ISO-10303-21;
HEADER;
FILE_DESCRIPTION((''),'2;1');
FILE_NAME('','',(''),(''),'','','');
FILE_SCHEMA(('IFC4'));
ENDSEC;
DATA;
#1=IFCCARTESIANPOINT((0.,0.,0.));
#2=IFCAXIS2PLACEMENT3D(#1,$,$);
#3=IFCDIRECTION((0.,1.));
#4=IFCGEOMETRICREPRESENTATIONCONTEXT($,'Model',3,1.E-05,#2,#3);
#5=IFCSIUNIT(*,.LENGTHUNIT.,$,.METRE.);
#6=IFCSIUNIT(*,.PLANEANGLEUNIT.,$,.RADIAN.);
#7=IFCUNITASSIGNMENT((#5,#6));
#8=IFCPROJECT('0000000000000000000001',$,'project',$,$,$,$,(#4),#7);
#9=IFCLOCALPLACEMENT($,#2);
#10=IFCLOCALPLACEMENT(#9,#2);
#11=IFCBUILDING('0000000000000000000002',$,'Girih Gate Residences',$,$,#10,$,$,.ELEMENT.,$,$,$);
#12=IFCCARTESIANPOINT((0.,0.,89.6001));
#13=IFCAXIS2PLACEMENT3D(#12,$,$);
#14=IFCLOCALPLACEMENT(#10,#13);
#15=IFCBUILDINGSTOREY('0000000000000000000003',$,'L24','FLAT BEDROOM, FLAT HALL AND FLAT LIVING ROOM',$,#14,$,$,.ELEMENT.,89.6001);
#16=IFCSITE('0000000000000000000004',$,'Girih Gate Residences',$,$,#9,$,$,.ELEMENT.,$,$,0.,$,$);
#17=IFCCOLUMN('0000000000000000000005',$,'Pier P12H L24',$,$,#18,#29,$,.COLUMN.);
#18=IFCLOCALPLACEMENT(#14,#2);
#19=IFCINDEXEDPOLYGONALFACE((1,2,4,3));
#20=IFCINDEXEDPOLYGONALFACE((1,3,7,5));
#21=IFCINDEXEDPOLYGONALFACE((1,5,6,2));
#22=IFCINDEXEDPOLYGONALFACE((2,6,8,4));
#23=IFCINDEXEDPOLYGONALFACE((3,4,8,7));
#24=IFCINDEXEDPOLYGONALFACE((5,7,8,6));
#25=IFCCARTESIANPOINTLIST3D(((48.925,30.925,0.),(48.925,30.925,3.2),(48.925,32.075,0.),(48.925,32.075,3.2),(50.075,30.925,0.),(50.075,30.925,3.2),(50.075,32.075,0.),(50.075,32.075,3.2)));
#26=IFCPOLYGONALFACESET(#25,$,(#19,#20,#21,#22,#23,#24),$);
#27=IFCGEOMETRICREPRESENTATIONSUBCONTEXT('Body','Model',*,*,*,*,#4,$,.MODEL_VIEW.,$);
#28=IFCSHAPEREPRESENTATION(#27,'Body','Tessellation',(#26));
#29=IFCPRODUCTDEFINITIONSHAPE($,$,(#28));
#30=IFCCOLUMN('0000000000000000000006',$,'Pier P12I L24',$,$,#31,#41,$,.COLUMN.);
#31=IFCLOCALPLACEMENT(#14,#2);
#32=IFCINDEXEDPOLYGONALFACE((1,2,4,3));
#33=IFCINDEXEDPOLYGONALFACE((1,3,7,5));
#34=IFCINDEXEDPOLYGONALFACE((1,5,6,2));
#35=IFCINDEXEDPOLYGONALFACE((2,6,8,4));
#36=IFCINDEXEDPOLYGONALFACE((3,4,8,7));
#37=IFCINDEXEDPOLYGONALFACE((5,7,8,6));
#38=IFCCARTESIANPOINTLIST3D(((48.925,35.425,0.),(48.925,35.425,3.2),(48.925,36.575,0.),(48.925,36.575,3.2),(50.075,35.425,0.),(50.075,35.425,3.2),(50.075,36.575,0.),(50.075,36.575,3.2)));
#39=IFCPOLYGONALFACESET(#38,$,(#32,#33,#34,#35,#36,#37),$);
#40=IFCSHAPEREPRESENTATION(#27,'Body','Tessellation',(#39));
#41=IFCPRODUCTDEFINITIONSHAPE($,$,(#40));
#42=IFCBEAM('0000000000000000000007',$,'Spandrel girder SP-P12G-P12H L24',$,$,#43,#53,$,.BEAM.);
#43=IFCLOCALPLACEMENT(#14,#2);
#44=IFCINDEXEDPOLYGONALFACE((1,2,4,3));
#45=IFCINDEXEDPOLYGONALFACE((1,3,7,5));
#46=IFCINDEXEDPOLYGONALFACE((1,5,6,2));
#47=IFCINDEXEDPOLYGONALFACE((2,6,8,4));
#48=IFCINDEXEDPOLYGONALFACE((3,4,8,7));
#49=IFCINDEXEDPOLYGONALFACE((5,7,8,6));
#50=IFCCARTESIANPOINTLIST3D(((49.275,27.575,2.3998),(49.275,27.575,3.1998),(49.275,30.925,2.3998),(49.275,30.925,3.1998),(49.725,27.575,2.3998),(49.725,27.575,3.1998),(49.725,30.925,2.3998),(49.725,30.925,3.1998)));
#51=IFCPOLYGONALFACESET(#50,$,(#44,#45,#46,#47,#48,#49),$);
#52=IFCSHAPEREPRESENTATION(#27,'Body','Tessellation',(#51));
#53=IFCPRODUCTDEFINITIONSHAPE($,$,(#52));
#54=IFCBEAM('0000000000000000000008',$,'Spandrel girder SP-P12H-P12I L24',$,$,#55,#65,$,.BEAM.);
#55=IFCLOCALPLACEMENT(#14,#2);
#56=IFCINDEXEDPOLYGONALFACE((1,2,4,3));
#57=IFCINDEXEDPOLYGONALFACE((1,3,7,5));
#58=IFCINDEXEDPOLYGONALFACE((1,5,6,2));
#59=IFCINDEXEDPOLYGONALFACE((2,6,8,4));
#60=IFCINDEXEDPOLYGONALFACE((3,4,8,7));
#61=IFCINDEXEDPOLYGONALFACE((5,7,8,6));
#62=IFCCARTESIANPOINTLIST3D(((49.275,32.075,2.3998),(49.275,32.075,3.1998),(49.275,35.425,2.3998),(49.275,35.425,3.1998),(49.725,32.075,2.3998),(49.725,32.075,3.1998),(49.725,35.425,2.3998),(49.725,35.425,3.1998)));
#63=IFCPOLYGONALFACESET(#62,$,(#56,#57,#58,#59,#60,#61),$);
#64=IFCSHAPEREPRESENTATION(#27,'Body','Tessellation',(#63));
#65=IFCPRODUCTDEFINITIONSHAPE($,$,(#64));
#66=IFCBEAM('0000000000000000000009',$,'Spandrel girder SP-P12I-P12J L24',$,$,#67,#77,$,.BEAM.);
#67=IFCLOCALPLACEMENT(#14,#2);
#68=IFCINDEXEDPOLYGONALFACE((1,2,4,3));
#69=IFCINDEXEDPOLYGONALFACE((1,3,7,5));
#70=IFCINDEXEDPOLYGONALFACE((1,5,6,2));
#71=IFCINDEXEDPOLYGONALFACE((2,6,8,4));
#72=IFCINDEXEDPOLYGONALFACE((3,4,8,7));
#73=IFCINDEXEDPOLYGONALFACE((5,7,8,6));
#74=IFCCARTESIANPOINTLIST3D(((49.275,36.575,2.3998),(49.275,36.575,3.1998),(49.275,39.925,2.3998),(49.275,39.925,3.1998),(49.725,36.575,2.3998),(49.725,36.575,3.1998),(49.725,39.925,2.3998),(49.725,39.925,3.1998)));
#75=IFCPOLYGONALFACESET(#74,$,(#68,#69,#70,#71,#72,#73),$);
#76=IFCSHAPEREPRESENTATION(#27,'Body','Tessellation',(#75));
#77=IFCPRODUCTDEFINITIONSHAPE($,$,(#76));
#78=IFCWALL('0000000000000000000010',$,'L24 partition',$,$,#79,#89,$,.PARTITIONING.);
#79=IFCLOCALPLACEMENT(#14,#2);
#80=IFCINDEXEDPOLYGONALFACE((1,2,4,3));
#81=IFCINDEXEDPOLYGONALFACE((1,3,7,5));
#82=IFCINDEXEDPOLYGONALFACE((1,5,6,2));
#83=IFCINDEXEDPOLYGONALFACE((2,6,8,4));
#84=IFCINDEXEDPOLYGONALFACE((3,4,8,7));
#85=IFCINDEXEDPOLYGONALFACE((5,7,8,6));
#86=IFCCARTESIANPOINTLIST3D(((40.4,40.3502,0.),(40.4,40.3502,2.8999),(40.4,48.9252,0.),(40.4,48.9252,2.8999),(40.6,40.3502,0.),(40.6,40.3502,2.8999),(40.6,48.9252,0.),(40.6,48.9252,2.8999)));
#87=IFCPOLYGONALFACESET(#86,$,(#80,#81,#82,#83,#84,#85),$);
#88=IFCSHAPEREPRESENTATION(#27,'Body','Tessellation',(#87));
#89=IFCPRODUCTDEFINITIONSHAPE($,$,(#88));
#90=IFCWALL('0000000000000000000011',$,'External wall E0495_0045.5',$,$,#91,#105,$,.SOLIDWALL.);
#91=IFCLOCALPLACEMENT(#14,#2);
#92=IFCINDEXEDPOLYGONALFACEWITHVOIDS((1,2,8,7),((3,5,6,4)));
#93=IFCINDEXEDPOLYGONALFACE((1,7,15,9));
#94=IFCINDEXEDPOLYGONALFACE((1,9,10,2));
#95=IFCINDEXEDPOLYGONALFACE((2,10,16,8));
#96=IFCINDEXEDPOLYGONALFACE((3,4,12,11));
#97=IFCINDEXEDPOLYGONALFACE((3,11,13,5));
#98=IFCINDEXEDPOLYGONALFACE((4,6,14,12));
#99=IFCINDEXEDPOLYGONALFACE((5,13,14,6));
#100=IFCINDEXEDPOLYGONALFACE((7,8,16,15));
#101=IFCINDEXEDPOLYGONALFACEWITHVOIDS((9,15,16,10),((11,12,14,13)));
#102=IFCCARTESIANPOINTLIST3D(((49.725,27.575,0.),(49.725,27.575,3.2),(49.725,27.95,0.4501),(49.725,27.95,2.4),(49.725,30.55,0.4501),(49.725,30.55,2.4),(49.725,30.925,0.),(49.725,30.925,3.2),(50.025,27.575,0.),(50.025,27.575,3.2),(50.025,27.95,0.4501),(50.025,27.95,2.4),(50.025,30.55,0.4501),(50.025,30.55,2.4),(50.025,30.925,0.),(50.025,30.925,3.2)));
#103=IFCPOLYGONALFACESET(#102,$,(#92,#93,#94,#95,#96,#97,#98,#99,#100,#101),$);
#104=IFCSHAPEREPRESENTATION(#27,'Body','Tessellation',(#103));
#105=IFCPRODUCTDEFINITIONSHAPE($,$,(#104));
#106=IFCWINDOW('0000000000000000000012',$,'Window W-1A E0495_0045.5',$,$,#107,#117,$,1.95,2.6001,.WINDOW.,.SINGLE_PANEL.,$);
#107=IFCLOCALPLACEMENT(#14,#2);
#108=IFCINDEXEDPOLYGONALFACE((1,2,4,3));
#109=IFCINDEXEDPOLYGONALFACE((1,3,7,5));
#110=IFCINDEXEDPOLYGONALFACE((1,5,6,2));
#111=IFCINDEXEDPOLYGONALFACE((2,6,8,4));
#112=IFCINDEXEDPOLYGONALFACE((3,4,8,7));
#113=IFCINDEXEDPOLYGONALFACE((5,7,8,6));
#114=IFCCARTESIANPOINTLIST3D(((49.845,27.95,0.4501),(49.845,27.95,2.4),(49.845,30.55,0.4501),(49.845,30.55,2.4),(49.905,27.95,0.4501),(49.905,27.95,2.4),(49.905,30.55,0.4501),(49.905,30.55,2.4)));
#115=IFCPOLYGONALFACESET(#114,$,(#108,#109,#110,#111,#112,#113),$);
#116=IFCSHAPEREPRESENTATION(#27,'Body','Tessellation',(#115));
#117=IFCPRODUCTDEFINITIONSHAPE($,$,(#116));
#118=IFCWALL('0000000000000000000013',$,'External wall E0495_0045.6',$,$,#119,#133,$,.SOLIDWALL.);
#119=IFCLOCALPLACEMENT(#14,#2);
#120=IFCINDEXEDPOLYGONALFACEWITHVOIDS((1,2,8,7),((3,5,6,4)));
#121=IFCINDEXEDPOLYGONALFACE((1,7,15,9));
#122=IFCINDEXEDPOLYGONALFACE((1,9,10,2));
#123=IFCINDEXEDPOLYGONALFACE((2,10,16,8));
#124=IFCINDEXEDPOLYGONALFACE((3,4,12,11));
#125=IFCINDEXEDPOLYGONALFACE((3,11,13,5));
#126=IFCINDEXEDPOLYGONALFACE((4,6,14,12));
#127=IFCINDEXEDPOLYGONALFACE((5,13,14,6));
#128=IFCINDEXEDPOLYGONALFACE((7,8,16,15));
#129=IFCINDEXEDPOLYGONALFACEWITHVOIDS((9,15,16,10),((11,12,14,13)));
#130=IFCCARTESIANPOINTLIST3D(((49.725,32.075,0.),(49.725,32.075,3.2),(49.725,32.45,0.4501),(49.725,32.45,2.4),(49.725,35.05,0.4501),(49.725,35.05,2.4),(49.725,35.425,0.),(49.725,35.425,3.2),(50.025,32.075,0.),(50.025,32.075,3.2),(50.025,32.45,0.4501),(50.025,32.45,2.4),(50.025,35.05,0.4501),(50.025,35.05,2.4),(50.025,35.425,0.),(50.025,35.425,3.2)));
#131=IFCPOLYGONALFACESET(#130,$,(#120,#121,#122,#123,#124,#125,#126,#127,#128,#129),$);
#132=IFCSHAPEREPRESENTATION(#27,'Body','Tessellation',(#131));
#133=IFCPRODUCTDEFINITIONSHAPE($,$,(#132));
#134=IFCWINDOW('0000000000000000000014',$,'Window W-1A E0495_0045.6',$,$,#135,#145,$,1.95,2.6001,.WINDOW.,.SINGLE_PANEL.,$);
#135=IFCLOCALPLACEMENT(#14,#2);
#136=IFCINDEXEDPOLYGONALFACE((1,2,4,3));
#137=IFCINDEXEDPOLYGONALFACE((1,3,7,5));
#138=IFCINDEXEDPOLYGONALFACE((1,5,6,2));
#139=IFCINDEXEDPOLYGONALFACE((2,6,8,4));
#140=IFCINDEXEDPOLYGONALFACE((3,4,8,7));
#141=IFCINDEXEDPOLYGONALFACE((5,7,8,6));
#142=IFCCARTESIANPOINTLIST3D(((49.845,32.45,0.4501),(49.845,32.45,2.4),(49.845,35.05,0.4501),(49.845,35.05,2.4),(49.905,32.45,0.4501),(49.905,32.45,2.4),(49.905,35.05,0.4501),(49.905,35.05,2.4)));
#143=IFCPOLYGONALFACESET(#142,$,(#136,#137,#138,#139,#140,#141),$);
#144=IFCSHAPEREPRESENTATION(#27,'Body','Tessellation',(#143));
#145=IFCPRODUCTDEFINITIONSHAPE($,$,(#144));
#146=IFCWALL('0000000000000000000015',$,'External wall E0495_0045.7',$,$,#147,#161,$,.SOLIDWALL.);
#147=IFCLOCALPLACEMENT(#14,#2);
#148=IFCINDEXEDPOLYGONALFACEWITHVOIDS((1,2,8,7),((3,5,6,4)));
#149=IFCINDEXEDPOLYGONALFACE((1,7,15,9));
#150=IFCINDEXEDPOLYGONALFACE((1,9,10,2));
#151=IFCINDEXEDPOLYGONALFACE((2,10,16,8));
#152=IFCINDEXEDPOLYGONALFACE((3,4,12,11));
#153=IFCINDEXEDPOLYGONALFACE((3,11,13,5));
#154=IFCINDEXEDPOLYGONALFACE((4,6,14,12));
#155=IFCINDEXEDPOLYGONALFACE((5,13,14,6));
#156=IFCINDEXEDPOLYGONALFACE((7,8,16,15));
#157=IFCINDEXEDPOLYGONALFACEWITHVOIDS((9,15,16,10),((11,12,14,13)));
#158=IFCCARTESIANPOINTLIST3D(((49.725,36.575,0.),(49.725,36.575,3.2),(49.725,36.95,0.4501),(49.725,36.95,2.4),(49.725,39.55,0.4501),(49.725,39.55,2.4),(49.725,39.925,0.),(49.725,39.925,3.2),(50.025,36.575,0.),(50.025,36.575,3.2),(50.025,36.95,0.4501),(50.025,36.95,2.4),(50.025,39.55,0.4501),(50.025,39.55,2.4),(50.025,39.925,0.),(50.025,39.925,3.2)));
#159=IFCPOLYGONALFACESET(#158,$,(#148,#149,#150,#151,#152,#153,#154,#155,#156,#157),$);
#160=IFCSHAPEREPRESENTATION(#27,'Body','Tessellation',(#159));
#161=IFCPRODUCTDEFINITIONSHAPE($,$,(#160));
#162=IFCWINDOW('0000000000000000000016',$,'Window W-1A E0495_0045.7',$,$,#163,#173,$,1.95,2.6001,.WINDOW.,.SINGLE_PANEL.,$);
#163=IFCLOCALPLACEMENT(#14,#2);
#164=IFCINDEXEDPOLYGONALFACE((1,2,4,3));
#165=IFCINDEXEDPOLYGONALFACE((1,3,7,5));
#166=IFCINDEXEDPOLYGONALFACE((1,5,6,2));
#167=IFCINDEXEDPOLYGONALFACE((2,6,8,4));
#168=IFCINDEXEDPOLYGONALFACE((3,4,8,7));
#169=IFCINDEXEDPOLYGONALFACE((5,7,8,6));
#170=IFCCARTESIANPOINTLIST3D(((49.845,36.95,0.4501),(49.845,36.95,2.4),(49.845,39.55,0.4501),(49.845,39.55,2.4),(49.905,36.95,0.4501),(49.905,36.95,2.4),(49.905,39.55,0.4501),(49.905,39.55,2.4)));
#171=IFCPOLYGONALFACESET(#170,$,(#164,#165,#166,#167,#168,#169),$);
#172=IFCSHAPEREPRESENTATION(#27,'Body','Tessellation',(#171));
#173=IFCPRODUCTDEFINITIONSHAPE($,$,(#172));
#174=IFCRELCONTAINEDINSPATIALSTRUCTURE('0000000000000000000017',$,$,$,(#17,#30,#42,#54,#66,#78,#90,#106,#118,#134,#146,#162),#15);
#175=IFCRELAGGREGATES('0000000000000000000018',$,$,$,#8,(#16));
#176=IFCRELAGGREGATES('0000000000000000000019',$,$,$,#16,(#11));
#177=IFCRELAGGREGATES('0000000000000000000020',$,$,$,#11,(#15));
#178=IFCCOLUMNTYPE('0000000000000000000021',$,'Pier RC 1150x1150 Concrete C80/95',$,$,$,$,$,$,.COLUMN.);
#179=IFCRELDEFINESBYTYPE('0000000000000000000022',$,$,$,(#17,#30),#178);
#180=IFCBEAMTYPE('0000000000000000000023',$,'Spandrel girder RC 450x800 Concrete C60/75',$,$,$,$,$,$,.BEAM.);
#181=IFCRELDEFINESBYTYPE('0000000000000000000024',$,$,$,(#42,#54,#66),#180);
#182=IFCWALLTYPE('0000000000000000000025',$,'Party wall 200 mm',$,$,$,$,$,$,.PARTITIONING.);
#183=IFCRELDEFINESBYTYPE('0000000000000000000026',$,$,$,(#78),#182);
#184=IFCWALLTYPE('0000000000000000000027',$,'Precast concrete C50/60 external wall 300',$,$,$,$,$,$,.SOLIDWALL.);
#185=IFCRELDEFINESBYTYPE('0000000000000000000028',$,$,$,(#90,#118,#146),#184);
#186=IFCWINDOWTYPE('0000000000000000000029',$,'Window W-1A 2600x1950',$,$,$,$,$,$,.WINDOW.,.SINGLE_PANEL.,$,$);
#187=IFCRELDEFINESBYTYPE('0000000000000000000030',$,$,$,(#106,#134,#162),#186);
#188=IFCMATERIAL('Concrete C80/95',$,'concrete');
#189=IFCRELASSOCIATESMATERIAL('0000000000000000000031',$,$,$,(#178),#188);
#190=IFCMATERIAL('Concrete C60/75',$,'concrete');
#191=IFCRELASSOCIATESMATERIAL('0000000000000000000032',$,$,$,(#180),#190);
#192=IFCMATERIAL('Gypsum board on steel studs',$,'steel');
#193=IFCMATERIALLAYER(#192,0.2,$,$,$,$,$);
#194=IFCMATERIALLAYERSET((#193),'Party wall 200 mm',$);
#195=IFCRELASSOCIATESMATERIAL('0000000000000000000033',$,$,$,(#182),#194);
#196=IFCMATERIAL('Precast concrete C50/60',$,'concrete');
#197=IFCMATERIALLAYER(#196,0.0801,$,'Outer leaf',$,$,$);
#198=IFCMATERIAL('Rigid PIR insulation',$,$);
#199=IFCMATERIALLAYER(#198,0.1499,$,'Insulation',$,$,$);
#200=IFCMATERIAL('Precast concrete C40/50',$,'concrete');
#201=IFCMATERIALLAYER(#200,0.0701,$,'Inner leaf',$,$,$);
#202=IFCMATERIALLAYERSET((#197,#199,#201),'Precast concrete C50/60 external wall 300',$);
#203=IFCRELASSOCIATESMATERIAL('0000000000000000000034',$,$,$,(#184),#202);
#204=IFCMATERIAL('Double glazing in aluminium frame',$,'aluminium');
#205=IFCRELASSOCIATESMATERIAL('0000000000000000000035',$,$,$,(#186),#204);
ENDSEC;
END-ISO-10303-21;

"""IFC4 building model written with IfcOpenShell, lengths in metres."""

from ifc_helpers import new_model, si_unit, direction, frame, frame_2d, origin, origin_2d, place, context, subcontext, project, spatial, rectangle, extrude, material, layer, layer_set, material_profile, profile_set, type_object, element, fill, save


model = new_model("IFC4")

# Units and contexts
model_context = context("Model", 3, precision=1e-05, world=origin(), true_north=direction((0.0, 1.0)))
body_context = subcontext(model_context, "Body", "Model", "MODEL_VIEW")
ifc_project = project(units=[si_unit("LENGTHUNIT", "METRE"), si_unit("PLANEANGLEUNIT", "RADIAN")], contexts=[model_context])

# Site, building, storey
site_placement = place(None, origin())
site = spatial("IfcSite", under=ifc_project, at=site_placement, Name="Girih Gate Residences", CompositionType="ELEMENT", RefElevation=0.0)
building_placement = place(site_placement, origin())
building = spatial("IfcBuilding", under=site, at=building_placement, Name="Girih Gate Residences", CompositionType="ELEMENT")
storey_placement = place(building_placement, frame((0.0, 0.0, 89.6001)))
storey = spatial("IfcBuildingStorey", under=building, at=storey_placement, Name="L24", Description="FLAT BEDROOM, FLAT HALL AND FLAT LIVING ROOM", CompositionType="ELEMENT", Elevation=89.6001)

# Columns
ifc_material_1 = material(Name="Concrete C80/95", Category="concrete")
ifc_material_profile_1 = material_profile(ifc_material_1, rectangle(XDim=1.1499, YDim=1.1499, at=origin_2d()))
ifc_profile_set_1 = profile_set([ifc_material_profile_1], Name="Concrete C80/95")
column_type = type_object("IfcColumnType", Name="Pier RC 1150x1150 Concrete C80/95", PredefinedType="COLUMN", material=ifc_profile_set_1)
for number, where, z_axis, x_axis, name in (
    (1, (49.5, 31.5, 0.0), (0.0, 0.0, 1.0), (1.0, 0.0, 0.0), "Pier P12H L24"),
    (2, (49.5, 36.0, 0.0), (0.0, 0.0, 1.0), (1.0, 0.0, 0.0), "Pier P12I L24"),
):
    element("IfcColumn", number, at=place(storey_placement, frame(where, z_axis=z_axis, x_axis=x_axis)), inside=storey, type_object=column_type, Name=name, PredefinedType="COLUMN", context=body_context, shape_type="SweptSolid", body=[
        extrude(rectangle(XDim=1.1499, YDim=1.1499, at=origin_2d()), origin(), (0.0, 0.0, 1.0), 3.2),
    ])

# Beams
ifc_material_2 = material(Name="Concrete C60/75", Category="concrete")
ifc_material_profile_2 = material_profile(ifc_material_2, rectangle(XDim=0.45, YDim=0.8, at=origin_2d()))
ifc_profile_set_2 = profile_set([ifc_material_profile_2], Name="Concrete C60/75")
beam_type = type_object("IfcBeamType", Name="Spandrel girder RC 450x800 Concrete C60/75", PredefinedType="BEAM", material=ifc_profile_set_2)
for number, where, z_axis, x_axis, name in (
    (3, (49.5, 27.575, 2.7998), (0.0, 1.0, 0.0), (-1.0, 0.0, 0.0), "Spandrel girder SP-P12G-P12H L24"),
    (4, (49.5, 32.075, 2.7998), (0.0, 1.0, 0.0), (-1.0, 0.0, 0.0), "Spandrel girder SP-P12H-P12I L24"),
    (5, (49.5, 36.575, 2.7998), (0.0, 1.0, 0.0), (-1.0, 0.0, 0.0), "Spandrel girder SP-P12I-P12J L24"),
):
    element("IfcBeam", number, at=place(storey_placement, frame(where, z_axis=z_axis, x_axis=x_axis)), inside=storey, type_object=beam_type, Name=name, PredefinedType="BEAM", context=body_context, shape_type="SweptSolid", body=[
        extrude(rectangle(XDim=0.45, YDim=0.8, at=origin_2d()), origin(), (0.0, 0.0, 1.0), 3.3501),
    ])

# Wall
ifc_material_3 = material(Name="Gypsum board on steel studs", Category="steel")
ifc_layer_1 = layer(ifc_material_3, 0.2)
ifc_layer_set_1 = layer_set([ifc_layer_1], Name="Party wall 200 mm")
wall_type_1 = type_object("IfcWallType", Name="Party wall 200 mm", PredefinedType="PARTITIONING", material=ifc_layer_set_1)
wall_1_placement = place(storey_placement, frame((40.5, 40.3501, 0.0), z_axis=(0.0, 0.0, 1.0), x_axis=(0.0, 1.0, 0.0)))
element("IfcWall", 6, at=wall_1_placement, inside=storey, type_object=wall_type_1, Name="L24 partition", PredefinedType="PARTITIONING", context=body_context, shape_type="SweptSolid", body=[
    extrude(rectangle(XDim=8.575, YDim=0.2, at=frame_2d((4.2876, 0.0))), origin(), (0.0, 0.0, 1.0), 2.8999),
])

# Walls, openings, windows
ifc_material_4 = material(Name="Precast concrete C50/60", Category="concrete")
ifc_layer_2 = layer(ifc_material_4, 0.0801, Name="Outer leaf")
ifc_material_5 = material(Name="Rigid PIR insulation")
ifc_layer_3 = layer(ifc_material_5, 0.1499, Name="Insulation")
ifc_material_6 = material(Name="Precast concrete C40/50", Category="concrete")
ifc_layer_4 = layer(ifc_material_6, 0.0701, Name="Inner leaf")
ifc_layer_set_2 = layer_set([ifc_layer_2, ifc_layer_3, ifc_layer_4], Name="Precast concrete C50/60 external wall 300")
wall_type_2 = type_object("IfcWallType", Name="Precast concrete C50/60 external wall 300", PredefinedType="SOLIDWALL", material=ifc_layer_set_2)
wall_2_placement = place(storey_placement, frame((49.875, 30.925, 0.0), z_axis=(0.0, 0.0, 1.0), x_axis=(0.0, -1.0, 0.0)))
wall_2 = element("IfcWall", 7, at=wall_2_placement, inside=storey, type_object=wall_type_2, Name="External wall E0495_0045.5", PredefinedType="SOLIDWALL", context=body_context, shape_type="SweptSolid", body=[
    extrude(rectangle(XDim=3.3501, YDim=0.3, at=frame_2d((1.675, 0.0))), origin(), (0.0, 0.0, 1.0), 3.2),
])
opening_1_placement = place(wall_2_placement, frame((0.375, 0.0, 0.45)))
opening_1 = element("IfcOpeningElement", 8, at=opening_1_placement, cuts=wall_2, PredefinedType="OPENING", context=body_context, shape_type="SweptSolid", body=[
    extrude(rectangle(XDim=2.6001, YDim=1.95, at=frame_2d((1.3, 0.9751))), frame((0.0, 0.1599, 0.0), z_axis=(0.0, -1.0, 0.0), x_axis=(1.0, 0.0, 0.0)), (0.0, 0.0, 1.0), 0.3201),
])
ifc_material_7 = material(Name="Double glazing in aluminium frame", Category="aluminium")
window_type = type_object("IfcWindowType", Name="Window W-1A 2600x1950", PartitioningType="SINGLE_PANEL", PredefinedType="WINDOW", material=ifc_material_7)
window_1_placement = place(opening_1_placement, origin())
window_1 = element("IfcWindow", 9, at=window_1_placement, inside=storey, type_object=window_type, Name="Window W-1A E0495_0045.5", OverallHeight=1.95, OverallWidth=2.6001, PartitioningType="SINGLE_PANEL", PredefinedType="WINDOW", context=body_context, shape_type="SweptSolid", body=[
    extrude(rectangle(XDim=2.6001, YDim=1.95, at=frame_2d((1.3, 0.9751))), frame((0.0, 0.03, 0.0), z_axis=(0.0, -1.0, 0.0), x_axis=(1.0, 0.0, 0.0)), (0.0, 0.0, 1.0), 0.0601),
])
fill(opening_1, window_1)
wall_3_placement = place(storey_placement, frame((49.875, 35.425, 0.0), z_axis=(0.0, 0.0, 1.0), x_axis=(0.0, -1.0, 0.0)))
wall_3 = element("IfcWall", 10, at=wall_3_placement, inside=storey, type_object=wall_type_2, Name="External wall E0495_0045.6", PredefinedType="SOLIDWALL", context=body_context, shape_type="SweptSolid", body=[
    extrude(rectangle(XDim=3.3501, YDim=0.3, at=frame_2d((1.675, 0.0))), origin(), (0.0, 0.0, 1.0), 3.2),
])
opening_2_placement = place(wall_3_placement, frame((0.375, 0.0, 0.45)))
opening_2 = element("IfcOpeningElement", 11, at=opening_2_placement, cuts=wall_3, PredefinedType="OPENING", context=body_context, shape_type="SweptSolid", body=[
    extrude(rectangle(XDim=2.6001, YDim=1.95, at=frame_2d((1.3, 0.9751))), frame((0.0, 0.1599, 0.0), z_axis=(0.0, -1.0, 0.0), x_axis=(1.0, 0.0, 0.0)), (0.0, 0.0, 1.0), 0.3201),
])
window_2_placement = place(opening_2_placement, origin())
window_2 = element("IfcWindow", 12, at=window_2_placement, inside=storey, type_object=window_type, Name="Window W-1A E0495_0045.6", OverallHeight=1.95, OverallWidth=2.6001, PartitioningType="SINGLE_PANEL", PredefinedType="WINDOW", context=body_context, shape_type="SweptSolid", body=[
    extrude(rectangle(XDim=2.6001, YDim=1.95, at=frame_2d((1.3, 0.9751))), frame((0.0, 0.03, 0.0), z_axis=(0.0, -1.0, 0.0), x_axis=(1.0, 0.0, 0.0)), (0.0, 0.0, 1.0), 0.0601),
])
fill(opening_2, window_2)
wall_4_placement = place(storey_placement, frame((49.875, 39.925, 0.0), z_axis=(0.0, 0.0, 1.0), x_axis=(0.0, -1.0, 0.0)))
wall_4 = element("IfcWall", 13, at=wall_4_placement, inside=storey, type_object=wall_type_2, Name="External wall E0495_0045.7", PredefinedType="SOLIDWALL", context=body_context, shape_type="SweptSolid", body=[
    extrude(rectangle(XDim=3.3501, YDim=0.3, at=frame_2d((1.675, 0.0))), origin(), (0.0, 0.0, 1.0), 3.2),
])
opening_3_placement = place(wall_4_placement, frame((0.375, 0.0, 0.45)))
opening_3 = element("IfcOpeningElement", 14, at=opening_3_placement, cuts=wall_4, PredefinedType="OPENING", context=body_context, shape_type="SweptSolid", body=[
    extrude(rectangle(XDim=2.6001, YDim=1.95, at=frame_2d((1.3, 0.9751))), frame((0.0, 0.1599, 0.0), z_axis=(0.0, -1.0, 0.0), x_axis=(1.0, 0.0, 0.0)), (0.0, 0.0, 1.0), 0.3201),
])
window_3_placement = place(opening_3_placement, origin())
window_3 = element("IfcWindow", 15, at=window_3_placement, inside=storey, type_object=window_type, Name="Window W-1A E0495_0045.7", OverallHeight=1.95, OverallWidth=2.6001, PartitioningType="SINGLE_PANEL", PredefinedType="WINDOW", context=body_context, shape_type="SweptSolid", body=[
    extrude(rectangle(XDim=2.6001, YDim=1.95, at=frame_2d((1.3, 0.9751))), frame((0.0, 0.03, 0.0), z_axis=(0.0, -1.0, 0.0), x_axis=(1.0, 0.0, 0.0)), (0.0, 0.0, 1.0), 0.0601),
])
fill(opening_3, window_3)

save(model, "model.ifc")
